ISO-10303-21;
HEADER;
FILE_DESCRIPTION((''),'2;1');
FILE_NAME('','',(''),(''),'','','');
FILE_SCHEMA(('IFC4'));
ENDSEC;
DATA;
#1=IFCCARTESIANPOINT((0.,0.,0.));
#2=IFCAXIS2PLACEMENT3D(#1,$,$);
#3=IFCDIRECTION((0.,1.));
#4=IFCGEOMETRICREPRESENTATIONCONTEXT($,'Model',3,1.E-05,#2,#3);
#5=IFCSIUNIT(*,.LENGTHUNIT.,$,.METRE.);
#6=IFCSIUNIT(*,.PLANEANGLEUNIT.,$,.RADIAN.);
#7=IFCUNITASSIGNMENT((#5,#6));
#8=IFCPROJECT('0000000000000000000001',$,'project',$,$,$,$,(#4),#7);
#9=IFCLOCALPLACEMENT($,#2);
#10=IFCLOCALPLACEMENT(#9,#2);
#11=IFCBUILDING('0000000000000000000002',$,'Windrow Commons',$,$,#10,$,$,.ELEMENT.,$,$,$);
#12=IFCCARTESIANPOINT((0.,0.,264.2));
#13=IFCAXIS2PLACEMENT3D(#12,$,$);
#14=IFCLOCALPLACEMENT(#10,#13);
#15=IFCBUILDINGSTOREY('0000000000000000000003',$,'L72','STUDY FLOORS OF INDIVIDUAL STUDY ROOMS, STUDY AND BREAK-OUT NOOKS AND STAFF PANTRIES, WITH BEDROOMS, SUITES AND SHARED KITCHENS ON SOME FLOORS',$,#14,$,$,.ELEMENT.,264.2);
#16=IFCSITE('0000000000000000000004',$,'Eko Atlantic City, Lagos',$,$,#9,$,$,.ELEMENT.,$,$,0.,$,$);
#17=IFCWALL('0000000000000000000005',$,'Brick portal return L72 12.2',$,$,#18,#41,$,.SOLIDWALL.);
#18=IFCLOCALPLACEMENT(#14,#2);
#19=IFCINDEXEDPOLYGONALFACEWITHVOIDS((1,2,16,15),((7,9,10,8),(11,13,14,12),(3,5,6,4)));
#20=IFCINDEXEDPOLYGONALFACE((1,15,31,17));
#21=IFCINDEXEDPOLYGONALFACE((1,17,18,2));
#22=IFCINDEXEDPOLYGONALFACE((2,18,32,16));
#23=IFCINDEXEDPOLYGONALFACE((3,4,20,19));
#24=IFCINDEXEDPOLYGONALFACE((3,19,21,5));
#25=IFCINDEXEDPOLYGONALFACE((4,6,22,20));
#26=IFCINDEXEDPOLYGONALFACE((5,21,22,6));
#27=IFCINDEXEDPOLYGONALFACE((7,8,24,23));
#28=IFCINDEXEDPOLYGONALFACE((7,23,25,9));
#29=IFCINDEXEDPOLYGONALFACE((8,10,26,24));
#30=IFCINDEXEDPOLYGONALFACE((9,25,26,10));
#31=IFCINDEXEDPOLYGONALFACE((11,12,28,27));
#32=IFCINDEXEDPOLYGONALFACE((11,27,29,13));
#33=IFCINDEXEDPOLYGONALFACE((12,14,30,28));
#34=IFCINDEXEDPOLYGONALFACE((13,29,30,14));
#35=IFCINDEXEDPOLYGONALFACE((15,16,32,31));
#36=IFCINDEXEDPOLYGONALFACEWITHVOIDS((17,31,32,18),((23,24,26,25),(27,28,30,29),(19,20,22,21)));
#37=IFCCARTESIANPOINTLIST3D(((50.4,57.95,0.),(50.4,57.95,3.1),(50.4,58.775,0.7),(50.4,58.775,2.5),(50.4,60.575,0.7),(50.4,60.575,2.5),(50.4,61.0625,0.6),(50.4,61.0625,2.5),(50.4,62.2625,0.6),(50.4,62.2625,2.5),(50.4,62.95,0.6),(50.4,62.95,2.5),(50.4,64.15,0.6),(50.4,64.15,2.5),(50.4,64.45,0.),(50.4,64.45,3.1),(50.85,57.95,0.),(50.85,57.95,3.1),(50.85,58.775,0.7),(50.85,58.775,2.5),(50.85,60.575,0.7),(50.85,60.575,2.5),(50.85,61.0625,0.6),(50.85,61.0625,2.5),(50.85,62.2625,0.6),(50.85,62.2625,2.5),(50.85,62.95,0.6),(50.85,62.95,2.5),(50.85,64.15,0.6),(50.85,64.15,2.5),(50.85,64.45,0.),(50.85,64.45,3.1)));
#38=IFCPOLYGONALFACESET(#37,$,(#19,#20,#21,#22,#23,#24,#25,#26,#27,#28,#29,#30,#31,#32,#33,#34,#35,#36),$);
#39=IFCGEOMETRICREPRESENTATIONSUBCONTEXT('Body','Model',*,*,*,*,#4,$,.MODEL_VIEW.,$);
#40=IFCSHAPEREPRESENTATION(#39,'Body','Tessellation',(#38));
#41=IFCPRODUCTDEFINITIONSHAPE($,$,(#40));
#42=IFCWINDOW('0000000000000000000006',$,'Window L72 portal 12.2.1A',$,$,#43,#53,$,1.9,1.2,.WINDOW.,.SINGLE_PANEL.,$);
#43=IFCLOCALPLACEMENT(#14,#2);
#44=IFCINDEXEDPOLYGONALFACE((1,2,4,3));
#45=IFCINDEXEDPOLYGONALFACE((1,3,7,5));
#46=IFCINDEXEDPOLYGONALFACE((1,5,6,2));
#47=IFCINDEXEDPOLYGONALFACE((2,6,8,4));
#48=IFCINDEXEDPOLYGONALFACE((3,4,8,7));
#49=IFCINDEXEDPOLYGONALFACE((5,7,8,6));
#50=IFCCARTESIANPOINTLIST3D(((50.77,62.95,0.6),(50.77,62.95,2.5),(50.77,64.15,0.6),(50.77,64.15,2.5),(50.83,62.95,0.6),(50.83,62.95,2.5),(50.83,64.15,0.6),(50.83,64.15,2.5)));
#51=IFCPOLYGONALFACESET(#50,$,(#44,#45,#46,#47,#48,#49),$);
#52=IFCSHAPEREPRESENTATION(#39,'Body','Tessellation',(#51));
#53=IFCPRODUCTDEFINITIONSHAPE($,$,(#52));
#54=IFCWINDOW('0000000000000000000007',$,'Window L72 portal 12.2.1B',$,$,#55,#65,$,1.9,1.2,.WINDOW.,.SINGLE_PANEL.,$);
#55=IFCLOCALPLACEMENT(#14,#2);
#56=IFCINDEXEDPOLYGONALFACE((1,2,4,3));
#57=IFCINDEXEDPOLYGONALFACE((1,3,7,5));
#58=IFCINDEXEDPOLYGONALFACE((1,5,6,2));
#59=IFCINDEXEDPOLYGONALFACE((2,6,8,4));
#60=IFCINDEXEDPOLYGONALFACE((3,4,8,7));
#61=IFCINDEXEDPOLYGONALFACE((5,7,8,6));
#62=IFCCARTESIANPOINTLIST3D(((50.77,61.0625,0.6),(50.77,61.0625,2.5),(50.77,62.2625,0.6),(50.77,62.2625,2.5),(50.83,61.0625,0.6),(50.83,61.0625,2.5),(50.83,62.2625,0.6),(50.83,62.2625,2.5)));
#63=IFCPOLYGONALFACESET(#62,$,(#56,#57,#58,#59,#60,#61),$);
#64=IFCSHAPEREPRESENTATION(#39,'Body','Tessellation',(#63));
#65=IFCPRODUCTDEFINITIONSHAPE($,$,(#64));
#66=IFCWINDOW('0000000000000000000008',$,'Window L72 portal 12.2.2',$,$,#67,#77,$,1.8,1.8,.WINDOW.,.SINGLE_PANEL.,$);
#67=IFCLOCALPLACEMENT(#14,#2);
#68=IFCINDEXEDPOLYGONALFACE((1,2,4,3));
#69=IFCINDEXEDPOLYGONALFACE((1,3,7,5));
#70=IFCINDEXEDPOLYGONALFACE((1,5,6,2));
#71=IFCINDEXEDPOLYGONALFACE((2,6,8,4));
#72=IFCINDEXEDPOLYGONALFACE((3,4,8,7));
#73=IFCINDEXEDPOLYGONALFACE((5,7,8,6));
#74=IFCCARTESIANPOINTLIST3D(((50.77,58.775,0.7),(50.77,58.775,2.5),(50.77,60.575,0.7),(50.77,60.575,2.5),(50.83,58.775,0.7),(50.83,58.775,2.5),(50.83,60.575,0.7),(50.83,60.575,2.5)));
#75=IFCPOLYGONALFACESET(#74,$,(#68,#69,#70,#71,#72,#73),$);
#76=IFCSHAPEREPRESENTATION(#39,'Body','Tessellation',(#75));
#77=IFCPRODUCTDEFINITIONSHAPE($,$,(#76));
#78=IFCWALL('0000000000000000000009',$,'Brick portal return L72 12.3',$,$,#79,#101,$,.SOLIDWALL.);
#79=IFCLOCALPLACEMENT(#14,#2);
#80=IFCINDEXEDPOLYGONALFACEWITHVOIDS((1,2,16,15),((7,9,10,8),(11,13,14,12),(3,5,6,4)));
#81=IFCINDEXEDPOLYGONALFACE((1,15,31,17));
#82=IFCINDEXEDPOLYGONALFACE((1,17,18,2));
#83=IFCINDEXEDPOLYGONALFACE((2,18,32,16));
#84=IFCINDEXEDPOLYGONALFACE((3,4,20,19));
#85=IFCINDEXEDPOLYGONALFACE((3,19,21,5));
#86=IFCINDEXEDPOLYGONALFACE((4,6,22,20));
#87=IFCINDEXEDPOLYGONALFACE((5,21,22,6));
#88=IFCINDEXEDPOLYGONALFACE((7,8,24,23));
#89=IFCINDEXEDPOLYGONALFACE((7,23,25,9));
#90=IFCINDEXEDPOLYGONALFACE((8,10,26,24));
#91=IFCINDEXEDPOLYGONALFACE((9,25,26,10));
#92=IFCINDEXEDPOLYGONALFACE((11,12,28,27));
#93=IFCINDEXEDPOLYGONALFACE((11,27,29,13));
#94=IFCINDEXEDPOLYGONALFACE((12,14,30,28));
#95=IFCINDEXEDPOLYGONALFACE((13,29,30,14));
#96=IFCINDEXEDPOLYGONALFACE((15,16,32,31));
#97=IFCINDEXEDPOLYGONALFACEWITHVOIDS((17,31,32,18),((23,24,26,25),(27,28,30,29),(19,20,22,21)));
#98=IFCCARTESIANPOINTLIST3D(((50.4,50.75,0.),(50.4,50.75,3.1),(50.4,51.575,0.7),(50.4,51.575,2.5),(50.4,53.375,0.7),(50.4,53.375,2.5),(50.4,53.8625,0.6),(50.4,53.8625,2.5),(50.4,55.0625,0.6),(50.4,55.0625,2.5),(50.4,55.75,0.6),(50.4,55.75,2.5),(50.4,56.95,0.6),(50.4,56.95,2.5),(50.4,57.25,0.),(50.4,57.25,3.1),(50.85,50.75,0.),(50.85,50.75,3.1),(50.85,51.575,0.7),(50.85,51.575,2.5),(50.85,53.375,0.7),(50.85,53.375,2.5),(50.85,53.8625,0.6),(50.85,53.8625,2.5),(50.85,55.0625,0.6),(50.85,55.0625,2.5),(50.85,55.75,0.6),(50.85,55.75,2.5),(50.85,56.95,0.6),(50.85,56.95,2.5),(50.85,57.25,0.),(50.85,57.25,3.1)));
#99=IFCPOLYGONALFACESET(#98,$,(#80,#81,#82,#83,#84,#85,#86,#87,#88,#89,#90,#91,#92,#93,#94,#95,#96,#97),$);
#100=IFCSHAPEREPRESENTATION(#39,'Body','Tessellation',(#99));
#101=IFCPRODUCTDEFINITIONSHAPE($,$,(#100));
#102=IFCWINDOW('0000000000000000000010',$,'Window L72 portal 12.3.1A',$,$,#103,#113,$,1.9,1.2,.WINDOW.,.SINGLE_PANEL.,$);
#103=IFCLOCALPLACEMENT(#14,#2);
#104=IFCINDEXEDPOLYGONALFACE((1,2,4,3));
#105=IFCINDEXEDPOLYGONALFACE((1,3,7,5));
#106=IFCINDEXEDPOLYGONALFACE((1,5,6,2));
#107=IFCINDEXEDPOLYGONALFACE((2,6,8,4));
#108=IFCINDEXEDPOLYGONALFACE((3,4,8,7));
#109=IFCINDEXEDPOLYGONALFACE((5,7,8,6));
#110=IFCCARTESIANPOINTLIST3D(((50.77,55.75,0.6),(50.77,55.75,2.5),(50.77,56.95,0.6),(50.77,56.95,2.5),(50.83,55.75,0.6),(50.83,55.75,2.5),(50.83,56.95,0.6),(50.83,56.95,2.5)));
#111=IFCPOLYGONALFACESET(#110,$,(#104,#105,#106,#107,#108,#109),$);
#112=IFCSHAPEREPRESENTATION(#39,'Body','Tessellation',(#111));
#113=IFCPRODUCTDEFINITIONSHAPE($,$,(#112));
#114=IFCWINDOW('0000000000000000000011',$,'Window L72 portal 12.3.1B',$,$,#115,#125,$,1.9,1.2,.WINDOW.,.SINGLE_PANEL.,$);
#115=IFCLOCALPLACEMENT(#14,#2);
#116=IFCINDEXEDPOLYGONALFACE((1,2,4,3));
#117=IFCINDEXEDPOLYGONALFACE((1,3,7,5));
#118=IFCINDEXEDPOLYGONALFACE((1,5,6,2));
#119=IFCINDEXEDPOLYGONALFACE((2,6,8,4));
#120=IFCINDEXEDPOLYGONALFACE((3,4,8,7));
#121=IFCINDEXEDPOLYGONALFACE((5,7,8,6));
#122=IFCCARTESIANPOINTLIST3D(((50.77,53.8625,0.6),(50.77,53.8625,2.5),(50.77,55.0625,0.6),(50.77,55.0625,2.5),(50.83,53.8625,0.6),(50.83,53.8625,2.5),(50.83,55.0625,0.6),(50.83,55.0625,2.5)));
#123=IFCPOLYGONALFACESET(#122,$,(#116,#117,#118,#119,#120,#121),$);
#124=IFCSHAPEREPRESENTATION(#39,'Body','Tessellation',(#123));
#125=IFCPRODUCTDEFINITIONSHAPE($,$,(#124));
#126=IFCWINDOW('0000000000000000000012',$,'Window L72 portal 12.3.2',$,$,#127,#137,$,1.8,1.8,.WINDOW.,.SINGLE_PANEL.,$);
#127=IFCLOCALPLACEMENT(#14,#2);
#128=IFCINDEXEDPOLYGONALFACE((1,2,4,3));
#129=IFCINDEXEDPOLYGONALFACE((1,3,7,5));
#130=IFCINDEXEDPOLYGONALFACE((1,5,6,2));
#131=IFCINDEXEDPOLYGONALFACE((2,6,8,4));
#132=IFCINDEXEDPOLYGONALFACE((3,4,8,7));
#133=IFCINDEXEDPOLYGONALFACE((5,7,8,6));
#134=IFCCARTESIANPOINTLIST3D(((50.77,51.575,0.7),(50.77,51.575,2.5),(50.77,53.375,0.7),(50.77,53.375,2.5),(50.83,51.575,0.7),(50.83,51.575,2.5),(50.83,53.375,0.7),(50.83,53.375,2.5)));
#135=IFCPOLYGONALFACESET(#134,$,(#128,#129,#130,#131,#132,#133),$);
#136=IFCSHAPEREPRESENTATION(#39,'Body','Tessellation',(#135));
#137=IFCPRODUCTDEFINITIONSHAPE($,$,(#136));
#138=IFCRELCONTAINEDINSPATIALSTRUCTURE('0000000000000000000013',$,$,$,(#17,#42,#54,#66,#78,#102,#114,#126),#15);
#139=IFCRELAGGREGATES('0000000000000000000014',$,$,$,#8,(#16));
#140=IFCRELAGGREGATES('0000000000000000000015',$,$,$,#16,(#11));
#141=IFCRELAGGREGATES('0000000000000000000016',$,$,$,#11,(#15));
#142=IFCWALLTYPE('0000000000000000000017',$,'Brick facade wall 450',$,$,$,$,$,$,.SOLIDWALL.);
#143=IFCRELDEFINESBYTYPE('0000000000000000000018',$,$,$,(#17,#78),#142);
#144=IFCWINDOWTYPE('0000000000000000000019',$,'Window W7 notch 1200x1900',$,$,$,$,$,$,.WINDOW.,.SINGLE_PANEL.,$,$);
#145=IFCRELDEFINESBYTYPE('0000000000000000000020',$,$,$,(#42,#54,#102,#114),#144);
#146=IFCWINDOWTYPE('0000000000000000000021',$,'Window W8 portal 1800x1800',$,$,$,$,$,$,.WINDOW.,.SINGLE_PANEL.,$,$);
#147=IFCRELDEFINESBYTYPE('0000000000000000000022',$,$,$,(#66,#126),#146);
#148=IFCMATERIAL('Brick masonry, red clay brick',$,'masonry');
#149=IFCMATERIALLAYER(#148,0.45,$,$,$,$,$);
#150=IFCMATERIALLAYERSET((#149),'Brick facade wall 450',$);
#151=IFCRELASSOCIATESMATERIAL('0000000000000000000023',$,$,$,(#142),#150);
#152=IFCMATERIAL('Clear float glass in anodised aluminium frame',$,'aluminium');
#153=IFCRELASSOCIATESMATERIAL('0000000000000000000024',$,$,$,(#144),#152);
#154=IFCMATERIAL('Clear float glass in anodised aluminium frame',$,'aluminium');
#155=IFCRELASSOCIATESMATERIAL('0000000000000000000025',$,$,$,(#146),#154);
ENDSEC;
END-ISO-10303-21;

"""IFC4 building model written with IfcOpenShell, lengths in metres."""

from ifc_helpers import new_model, si_unit, direction, frame, frame_2d, origin, place, context, subcontext, project, spatial, rectangle, extrude, material, layer, layer_set, type_object, element, fill, save


model = new_model("IFC4")

# Units and contexts
model_context = context("Model", 3, precision=1e-05, world=origin(), true_north=direction((0.0, 1.0)))
body_context = subcontext(model_context, "Body", "Model", "MODEL_VIEW")
ifc_project = project(units=[si_unit("LENGTHUNIT", "METRE"), si_unit("PLANEANGLEUNIT", "RADIAN")], contexts=[model_context])

# Site, building, storey
site_placement = place(None, origin())
site = spatial("IfcSite", under=ifc_project, at=site_placement, Name="Eko Atlantic City, Lagos", CompositionType="ELEMENT", RefElevation=0.0)
building_placement = place(site_placement, origin())
building = spatial("IfcBuilding", under=site, at=building_placement, Name="Windrow Commons", CompositionType="ELEMENT")
storey_placement = place(building_placement, frame((0.0, 0.0, 264.2)))
storey = spatial("IfcBuildingStorey", under=building, at=storey_placement, Name="L72", Description="STUDY FLOORS OF INDIVIDUAL STUDY ROOMS, STUDY AND BREAK-OUT NOOKS AND STAFF PANTRIES, WITH BEDROOMS, SUITES AND SHARED KITCHENS ON SOME FLOORS", CompositionType="ELEMENT", Elevation=264.2)

# Walls, openings, windows
ifc_material_1 = material(Name="Brick masonry, red clay brick", Category="masonry")
ifc_layer_1 = layer(ifc_material_1, 0.45)
ifc_layer_set_1 = layer_set([ifc_layer_1], Name="Brick facade wall 450")
wall_type_1 = type_object("IfcWallType", Name="Brick facade wall 450", PredefinedType="SOLIDWALL", material=ifc_layer_set_1)
wall_1_placement = place(storey_placement, frame((50.625, 64.45, 0.0), z_axis=(0.0, 0.0, 1.0), x_axis=(0.0, -1.0, 0.0)))
wall_1 = element("IfcWall", 1, at=wall_1_placement, inside=storey, type_object=wall_type_1, Name="Brick portal return L72 12.2", PredefinedType="SOLIDWALL", context=body_context, shape_type="SweptSolid", body=[
    extrude(rectangle(XDim=6.5, YDim=0.45, at=frame_2d((3.25, 0.0))), origin(), (0.0, 0.0, 1.0), 3.1),
])
opening_1_placement = place(wall_1_placement, frame((3.875, 0.0, 0.7)))
opening_1 = element("IfcOpeningElement", 2, at=opening_1_placement, cuts=wall_1, PredefinedType="OPENING", context=body_context, shape_type="SweptSolid", body=[
    extrude(rectangle(XDim=1.8, YDim=1.8, at=frame_2d((0.9, 0.9))), frame((0.0, 0.235, 0.0), z_axis=(0.0, -1.0, 0.0), x_axis=(1.0, 0.0, 0.0)), (0.0, 0.0, 1.0), 0.47),
])
opening_2_placement = place(wall_1_placement, frame((0.3, 0.0, 0.6)))
opening_2 = element("IfcOpeningElement", 3, at=opening_2_placement, cuts=wall_1, PredefinedType="OPENING", context=body_context, shape_type="SweptSolid", body=[
    extrude(rectangle(XDim=1.2, YDim=1.9, at=frame_2d((0.6, 0.95))), frame((0.0, 0.235, 0.0), z_axis=(0.0, -1.0, 0.0), x_axis=(1.0, 0.0, 0.0)), (0.0, 0.0, 1.0), 0.47),
])
opening_3_placement = place(wall_1_placement, frame((2.1875, 0.0, 0.6)))
opening_3 = element("IfcOpeningElement", 4, at=opening_3_placement, cuts=wall_1, PredefinedType="OPENING", context=body_context, shape_type="SweptSolid", body=[
    extrude(rectangle(XDim=1.2, YDim=1.9, at=frame_2d((0.6, 0.95))), frame((0.0, 0.235, 0.0), z_axis=(0.0, -1.0, 0.0), x_axis=(1.0, 0.0, 0.0)), (0.0, 0.0, 1.0), 0.47),
])
ifc_material_2 = material(Name="Clear float glass in anodised aluminium frame", Category="aluminium")
window_type_1 = type_object("IfcWindowType", Name="Window W7 notch 1200x1900", PartitioningType="SINGLE_PANEL", PredefinedType="WINDOW", material=ifc_material_2)
window_1_placement = place(opening_2_placement, origin())
window_1 = element("IfcWindow", 5, at=window_1_placement, inside=storey, type_object=window_type_1, Name="Window L72 portal 12.2.1A", OverallHeight=1.9, OverallWidth=1.2, PartitioningType="SINGLE_PANEL", PredefinedType="WINDOW", context=body_context, shape_type="SweptSolid", body=[
    extrude(rectangle(XDim=1.2, YDim=1.9, at=frame_2d((0.6, 0.95))), frame((0.0, 0.205, 0.0), z_axis=(0.0, -1.0, 0.0), x_axis=(1.0, 0.0, 0.0)), (0.0, 0.0, 1.0), 0.06),
])
fill(opening_2, window_1)
window_2_placement = place(opening_3_placement, origin())
window_2 = element("IfcWindow", 6, at=window_2_placement, inside=storey, type_object=window_type_1, Name="Window L72 portal 12.2.1B", OverallHeight=1.9, OverallWidth=1.2, PartitioningType="SINGLE_PANEL", PredefinedType="WINDOW", context=body_context, shape_type="SweptSolid", body=[
    extrude(rectangle(XDim=1.2, YDim=1.9, at=frame_2d((0.6, 0.95))), frame((0.0, 0.205, 0.0), z_axis=(0.0, -1.0, 0.0), x_axis=(1.0, 0.0, 0.0)), (0.0, 0.0, 1.0), 0.06),
])
fill(opening_3, window_2)
ifc_material_3 = material(Name="Clear float glass in anodised aluminium frame", Category="aluminium")
window_type_2 = type_object("IfcWindowType", Name="Window W8 portal 1800x1800", PartitioningType="SINGLE_PANEL", PredefinedType="WINDOW", material=ifc_material_3)
window_3_placement = place(opening_1_placement, origin())
window_3 = element("IfcWindow", 7, at=window_3_placement, inside=storey, type_object=window_type_2, Name="Window L72 portal 12.2.2", OverallHeight=1.8, OverallWidth=1.8, PartitioningType="SINGLE_PANEL", PredefinedType="WINDOW", context=body_context, shape_type="SweptSolid", body=[
    extrude(rectangle(XDim=1.8, YDim=1.8, at=frame_2d((0.9, 0.9))), frame((0.0, 0.205, 0.0), z_axis=(0.0, -1.0, 0.0), x_axis=(1.0, 0.0, 0.0)), (0.0, 0.0, 1.0), 0.06),
])
fill(opening_1, window_3)
wall_2_placement = place(storey_placement, frame((50.625, 57.25, 0.0), z_axis=(0.0, 0.0, 1.0), x_axis=(0.0, -1.0, 0.0)))
wall_2 = element("IfcWall", 8, at=wall_2_placement, inside=storey, type_object=wall_type_1, Name="Brick portal return L72 12.3", PredefinedType="SOLIDWALL", context=body_context, shape_type="SweptSolid", body=[
    extrude(rectangle(XDim=6.5, YDim=0.45, at=frame_2d((3.25, 0.0))), origin(), (0.0, 0.0, 1.0), 3.1),
])
opening_4_placement = place(wall_2_placement, frame((3.875, 0.0, 0.7)))
opening_4 = element("IfcOpeningElement", 9, at=opening_4_placement, cuts=wall_2, PredefinedType="OPENING", context=body_context, shape_type="SweptSolid", body=[
    extrude(rectangle(XDim=1.8, YDim=1.8, at=frame_2d((0.9, 0.9))), frame((0.0, 0.235, 0.0), z_axis=(0.0, -1.0, 0.0), x_axis=(1.0, 0.0, 0.0)), (0.0, 0.0, 1.0), 0.47),
])
opening_5_placement = place(wall_2_placement, frame((0.3, 0.0, 0.6)))
opening_5 = element("IfcOpeningElement", 10, at=opening_5_placement, cuts=wall_2, PredefinedType="OPENING", context=body_context, shape_type="SweptSolid", body=[
    extrude(rectangle(XDim=1.2, YDim=1.9, at=frame_2d((0.6, 0.95))), frame((0.0, 0.235, 0.0), z_axis=(0.0, -1.0, 0.0), x_axis=(1.0, 0.0, 0.0)), (0.0, 0.0, 1.0), 0.47),
])
opening_6_placement = place(wall_2_placement, frame((2.1875, 0.0, 0.6)))
opening_6 = element("IfcOpeningElement", 11, at=opening_6_placement, cuts=wall_2, PredefinedType="OPENING", context=body_context, shape_type="SweptSolid", body=[
    extrude(rectangle(XDim=1.2, YDim=1.9, at=frame_2d((0.6, 0.95))), frame((0.0, 0.235, 0.0), z_axis=(0.0, -1.0, 0.0), x_axis=(1.0, 0.0, 0.0)), (0.0, 0.0, 1.0), 0.47),
])
window_4_placement = place(opening_5_placement, origin())
window_4 = element("IfcWindow", 12, at=window_4_placement, inside=storey, type_object=window_type_1, Name="Window L72 portal 12.3.1A", OverallHeight=1.9, OverallWidth=1.2, PartitioningType="SINGLE_PANEL", PredefinedType="WINDOW", context=body_context, shape_type="SweptSolid", body=[
    extrude(rectangle(XDim=1.2, YDim=1.9, at=frame_2d((0.6, 0.95))), frame((0.0, 0.205, 0.0), z_axis=(0.0, -1.0, 0.0), x_axis=(1.0, 0.0, 0.0)), (0.0, 0.0, 1.0), 0.06),
])
fill(opening_5, window_4)
window_5_placement = place(opening_6_placement, origin())
window_5 = element("IfcWindow", 13, at=window_5_placement, inside=storey, type_object=window_type_1, Name="Window L72 portal 12.3.1B", OverallHeight=1.9, OverallWidth=1.2, PartitioningType="SINGLE_PANEL", PredefinedType="WINDOW", context=body_context, shape_type="SweptSolid", body=[
    extrude(rectangle(XDim=1.2, YDim=1.9, at=frame_2d((0.6, 0.95))), frame((0.0, 0.205, 0.0), z_axis=(0.0, -1.0, 0.0), x_axis=(1.0, 0.0, 0.0)), (0.0, 0.0, 1.0), 0.06),
])
fill(opening_6, window_5)
window_6_placement = place(opening_4_placement, origin())
window_6 = element("IfcWindow", 14, at=window_6_placement, inside=storey, type_object=window_type_2, Name="Window L72 portal 12.3.2", OverallHeight=1.8, OverallWidth=1.8, PartitioningType="SINGLE_PANEL", PredefinedType="WINDOW", context=body_context, shape_type="SweptSolid", body=[
    extrude(rectangle(XDim=1.8, YDim=1.8, at=frame_2d((0.9, 0.9))), frame((0.0, 0.205, 0.0), z_axis=(0.0, -1.0, 0.0), x_axis=(1.0, 0.0, 0.0)), (0.0, 0.0, 1.0), 0.06),
])
fill(opening_4, window_6)

save(model, "model.ifc")
